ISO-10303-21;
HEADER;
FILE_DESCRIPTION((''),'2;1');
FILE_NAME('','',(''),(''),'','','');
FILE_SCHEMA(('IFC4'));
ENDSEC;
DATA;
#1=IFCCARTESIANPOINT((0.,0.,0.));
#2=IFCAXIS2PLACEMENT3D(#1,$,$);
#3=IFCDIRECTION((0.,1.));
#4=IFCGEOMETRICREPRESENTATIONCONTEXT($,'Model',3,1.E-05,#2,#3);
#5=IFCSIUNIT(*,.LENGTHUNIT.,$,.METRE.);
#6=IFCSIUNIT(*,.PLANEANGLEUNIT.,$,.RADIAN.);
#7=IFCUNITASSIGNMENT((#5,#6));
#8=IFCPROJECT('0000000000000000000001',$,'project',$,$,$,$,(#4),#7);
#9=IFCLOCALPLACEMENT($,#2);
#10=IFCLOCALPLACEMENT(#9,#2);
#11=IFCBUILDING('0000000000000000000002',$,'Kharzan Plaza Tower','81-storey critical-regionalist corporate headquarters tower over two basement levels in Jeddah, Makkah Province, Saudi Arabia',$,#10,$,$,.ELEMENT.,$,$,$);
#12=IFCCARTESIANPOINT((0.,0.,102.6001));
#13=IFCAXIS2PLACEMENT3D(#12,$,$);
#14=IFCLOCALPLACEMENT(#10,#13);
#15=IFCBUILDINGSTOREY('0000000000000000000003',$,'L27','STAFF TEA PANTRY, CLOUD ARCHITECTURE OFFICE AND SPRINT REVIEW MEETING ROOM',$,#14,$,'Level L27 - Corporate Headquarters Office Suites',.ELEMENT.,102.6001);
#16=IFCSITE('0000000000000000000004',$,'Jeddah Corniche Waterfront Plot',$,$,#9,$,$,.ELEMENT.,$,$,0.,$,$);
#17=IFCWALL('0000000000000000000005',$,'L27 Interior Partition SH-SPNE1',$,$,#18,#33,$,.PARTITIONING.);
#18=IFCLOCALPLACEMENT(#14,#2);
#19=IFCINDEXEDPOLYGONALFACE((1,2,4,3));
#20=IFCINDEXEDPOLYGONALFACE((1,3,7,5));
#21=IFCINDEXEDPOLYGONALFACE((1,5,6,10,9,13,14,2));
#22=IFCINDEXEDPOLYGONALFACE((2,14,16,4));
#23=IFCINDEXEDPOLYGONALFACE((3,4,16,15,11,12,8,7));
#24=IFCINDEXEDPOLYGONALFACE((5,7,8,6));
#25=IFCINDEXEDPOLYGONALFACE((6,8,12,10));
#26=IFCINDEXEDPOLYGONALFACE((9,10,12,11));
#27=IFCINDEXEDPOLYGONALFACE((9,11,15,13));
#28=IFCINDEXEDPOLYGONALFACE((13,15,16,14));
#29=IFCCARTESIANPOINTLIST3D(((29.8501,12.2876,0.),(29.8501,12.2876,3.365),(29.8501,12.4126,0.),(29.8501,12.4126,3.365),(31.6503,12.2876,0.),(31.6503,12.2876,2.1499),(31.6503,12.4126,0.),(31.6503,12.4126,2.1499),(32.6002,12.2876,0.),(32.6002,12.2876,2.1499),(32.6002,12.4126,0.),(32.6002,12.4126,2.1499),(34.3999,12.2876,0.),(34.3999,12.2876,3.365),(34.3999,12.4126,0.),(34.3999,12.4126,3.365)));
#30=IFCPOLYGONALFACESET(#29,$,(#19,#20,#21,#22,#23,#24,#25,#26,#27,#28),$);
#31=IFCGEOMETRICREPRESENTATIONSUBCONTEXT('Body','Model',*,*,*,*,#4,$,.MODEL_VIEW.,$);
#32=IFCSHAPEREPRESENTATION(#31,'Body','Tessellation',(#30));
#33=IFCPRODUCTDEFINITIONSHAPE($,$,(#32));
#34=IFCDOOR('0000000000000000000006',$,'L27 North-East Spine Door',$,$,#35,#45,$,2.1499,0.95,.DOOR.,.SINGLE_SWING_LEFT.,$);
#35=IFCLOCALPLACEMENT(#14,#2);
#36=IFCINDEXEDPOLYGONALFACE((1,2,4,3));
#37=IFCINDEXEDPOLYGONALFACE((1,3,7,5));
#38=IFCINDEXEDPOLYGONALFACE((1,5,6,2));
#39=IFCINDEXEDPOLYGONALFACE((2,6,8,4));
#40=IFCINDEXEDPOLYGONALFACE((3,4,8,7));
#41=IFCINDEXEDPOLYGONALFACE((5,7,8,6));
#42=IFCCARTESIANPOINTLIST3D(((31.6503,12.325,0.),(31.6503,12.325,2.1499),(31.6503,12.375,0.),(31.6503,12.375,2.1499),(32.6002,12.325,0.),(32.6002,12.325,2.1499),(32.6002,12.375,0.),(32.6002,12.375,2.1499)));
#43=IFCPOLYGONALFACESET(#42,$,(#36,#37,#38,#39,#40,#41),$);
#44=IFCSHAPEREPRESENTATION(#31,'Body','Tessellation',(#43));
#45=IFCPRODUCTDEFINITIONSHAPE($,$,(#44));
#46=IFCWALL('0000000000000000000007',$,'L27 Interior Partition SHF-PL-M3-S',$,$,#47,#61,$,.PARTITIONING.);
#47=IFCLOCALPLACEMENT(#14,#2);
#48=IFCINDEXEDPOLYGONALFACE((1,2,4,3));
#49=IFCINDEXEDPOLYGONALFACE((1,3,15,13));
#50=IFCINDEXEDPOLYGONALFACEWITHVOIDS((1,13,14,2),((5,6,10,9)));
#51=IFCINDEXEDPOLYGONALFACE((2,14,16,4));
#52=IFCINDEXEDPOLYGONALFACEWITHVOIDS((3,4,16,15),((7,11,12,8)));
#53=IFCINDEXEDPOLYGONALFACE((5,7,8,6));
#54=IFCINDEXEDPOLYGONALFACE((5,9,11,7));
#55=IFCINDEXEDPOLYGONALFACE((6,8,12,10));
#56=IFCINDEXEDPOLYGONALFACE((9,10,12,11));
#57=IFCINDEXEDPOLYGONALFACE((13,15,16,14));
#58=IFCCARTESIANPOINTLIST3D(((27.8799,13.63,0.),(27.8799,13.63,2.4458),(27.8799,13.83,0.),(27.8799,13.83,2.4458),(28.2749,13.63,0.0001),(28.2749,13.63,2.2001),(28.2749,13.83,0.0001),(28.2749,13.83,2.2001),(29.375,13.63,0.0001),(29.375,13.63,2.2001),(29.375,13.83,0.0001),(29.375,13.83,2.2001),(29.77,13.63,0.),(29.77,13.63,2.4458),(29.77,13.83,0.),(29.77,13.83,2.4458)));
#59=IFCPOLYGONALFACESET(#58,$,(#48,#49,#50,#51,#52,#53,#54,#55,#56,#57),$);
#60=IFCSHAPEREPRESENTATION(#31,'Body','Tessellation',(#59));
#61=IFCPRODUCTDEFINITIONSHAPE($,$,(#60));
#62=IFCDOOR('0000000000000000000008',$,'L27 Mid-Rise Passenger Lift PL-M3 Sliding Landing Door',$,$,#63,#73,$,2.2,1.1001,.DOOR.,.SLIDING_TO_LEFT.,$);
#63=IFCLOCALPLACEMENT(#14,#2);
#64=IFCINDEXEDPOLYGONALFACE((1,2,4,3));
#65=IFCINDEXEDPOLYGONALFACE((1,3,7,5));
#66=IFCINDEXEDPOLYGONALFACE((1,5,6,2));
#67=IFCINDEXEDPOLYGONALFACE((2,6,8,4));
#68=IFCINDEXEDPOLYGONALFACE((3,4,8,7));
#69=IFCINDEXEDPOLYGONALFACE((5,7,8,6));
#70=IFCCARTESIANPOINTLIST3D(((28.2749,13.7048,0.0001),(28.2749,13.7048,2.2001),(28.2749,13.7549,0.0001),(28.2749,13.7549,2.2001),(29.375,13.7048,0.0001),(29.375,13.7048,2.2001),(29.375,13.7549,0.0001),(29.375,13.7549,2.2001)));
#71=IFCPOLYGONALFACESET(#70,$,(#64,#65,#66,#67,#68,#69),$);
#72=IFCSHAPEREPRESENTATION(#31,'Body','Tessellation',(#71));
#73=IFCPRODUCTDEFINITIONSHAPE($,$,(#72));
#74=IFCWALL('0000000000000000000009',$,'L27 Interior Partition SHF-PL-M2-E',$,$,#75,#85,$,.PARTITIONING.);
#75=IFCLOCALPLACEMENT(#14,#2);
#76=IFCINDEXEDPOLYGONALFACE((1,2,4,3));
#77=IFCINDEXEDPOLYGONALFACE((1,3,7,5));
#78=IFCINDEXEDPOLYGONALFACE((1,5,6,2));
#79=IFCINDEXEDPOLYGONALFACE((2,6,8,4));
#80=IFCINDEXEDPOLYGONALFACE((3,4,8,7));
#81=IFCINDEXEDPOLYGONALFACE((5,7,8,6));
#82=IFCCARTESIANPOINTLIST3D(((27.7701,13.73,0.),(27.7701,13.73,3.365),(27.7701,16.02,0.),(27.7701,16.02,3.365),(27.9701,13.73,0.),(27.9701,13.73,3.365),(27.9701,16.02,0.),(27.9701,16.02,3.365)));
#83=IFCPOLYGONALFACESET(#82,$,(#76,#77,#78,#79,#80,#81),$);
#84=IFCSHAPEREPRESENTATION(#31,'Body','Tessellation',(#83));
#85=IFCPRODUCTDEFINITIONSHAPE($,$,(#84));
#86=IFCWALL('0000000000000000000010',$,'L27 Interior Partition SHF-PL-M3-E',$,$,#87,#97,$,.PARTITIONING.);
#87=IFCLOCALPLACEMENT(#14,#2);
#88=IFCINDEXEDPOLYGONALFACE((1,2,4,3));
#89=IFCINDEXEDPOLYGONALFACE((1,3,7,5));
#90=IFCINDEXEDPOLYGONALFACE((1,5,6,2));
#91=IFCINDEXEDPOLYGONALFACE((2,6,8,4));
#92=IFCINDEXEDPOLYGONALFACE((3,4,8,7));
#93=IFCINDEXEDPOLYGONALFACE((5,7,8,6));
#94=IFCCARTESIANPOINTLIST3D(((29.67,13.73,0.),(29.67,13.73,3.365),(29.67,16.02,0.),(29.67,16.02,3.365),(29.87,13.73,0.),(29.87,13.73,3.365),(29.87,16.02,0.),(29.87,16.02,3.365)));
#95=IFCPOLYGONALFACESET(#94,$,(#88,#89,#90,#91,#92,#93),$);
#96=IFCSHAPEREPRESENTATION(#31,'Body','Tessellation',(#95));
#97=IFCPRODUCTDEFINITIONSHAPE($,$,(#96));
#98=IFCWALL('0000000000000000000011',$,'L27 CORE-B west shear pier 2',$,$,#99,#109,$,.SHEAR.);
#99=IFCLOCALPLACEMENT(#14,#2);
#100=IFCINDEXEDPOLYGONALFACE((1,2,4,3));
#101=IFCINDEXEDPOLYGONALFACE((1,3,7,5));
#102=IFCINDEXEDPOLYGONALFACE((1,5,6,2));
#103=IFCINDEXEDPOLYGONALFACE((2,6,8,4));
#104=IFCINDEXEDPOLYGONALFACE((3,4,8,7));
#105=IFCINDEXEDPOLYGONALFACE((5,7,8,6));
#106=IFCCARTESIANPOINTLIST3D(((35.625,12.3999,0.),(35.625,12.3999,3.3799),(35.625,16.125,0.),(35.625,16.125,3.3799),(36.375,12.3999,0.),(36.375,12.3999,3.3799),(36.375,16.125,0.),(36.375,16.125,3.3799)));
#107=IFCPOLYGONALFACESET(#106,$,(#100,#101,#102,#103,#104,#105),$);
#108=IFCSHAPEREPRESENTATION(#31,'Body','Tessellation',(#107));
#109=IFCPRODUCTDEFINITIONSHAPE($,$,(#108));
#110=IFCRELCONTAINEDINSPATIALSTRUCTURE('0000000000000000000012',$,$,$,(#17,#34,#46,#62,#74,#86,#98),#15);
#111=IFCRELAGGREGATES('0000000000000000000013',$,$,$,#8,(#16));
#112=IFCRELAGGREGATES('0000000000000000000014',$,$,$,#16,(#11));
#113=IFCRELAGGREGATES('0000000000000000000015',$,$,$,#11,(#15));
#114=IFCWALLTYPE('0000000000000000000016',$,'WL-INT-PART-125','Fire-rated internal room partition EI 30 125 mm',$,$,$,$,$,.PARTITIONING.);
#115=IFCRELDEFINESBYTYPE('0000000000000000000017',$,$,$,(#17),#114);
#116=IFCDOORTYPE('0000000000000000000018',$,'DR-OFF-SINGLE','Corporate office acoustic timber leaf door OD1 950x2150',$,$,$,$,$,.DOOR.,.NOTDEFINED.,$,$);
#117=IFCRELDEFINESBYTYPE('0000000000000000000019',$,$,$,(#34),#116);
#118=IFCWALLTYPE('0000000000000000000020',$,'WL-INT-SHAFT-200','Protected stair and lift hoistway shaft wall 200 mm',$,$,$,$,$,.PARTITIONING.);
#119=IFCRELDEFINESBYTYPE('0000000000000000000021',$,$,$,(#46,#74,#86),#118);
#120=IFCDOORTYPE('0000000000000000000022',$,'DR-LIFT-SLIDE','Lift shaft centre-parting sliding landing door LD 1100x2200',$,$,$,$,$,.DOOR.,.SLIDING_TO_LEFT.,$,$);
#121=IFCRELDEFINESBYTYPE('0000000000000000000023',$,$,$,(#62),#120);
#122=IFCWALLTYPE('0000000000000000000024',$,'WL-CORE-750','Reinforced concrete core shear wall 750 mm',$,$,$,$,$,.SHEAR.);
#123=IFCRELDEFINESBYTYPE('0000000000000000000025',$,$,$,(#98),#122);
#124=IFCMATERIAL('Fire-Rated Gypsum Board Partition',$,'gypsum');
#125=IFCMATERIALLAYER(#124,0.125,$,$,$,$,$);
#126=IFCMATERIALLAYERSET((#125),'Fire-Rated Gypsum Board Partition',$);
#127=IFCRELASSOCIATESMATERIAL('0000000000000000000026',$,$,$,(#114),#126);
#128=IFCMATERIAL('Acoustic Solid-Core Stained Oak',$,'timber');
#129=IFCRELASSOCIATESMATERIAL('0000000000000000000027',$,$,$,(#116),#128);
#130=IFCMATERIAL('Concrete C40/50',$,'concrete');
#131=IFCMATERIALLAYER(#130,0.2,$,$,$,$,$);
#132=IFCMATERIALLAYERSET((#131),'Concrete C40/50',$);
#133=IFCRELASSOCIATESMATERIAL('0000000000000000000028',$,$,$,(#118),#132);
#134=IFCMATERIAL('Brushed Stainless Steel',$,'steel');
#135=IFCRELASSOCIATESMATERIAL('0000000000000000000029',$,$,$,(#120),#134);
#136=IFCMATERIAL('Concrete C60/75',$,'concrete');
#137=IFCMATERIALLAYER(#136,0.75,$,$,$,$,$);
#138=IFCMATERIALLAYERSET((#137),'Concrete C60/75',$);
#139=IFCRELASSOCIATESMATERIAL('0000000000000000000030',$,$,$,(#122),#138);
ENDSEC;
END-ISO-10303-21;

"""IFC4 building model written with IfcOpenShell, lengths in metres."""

from ifc_helpers import new_model, si_unit, direction, frame, frame_2d, origin, place, context, subcontext, project, spatial, rectangle, extrude, source, transform, mapped, material, layer, layer_set, type_object, element, fill, save


model = new_model("IFC4")

# Units and contexts
model_context = context("Model", 3, precision=1e-05, world=origin(), true_north=direction((0.0, 1.0)))
body_context = subcontext(model_context, "Body", "Model", "MODEL_VIEW")
ifc_project = project(units=[si_unit("LENGTHUNIT", "METRE"), si_unit("PLANEANGLEUNIT", "RADIAN")], contexts=[model_context])

# Site, building, storey
site_placement = place(None, origin())
site = spatial("IfcSite", under=ifc_project, at=site_placement, Name="Jeddah Corniche Waterfront Plot", CompositionType="ELEMENT", RefElevation=0.0)
building_placement = place(site_placement, origin())
building = spatial("IfcBuilding", under=site, at=building_placement, Name="Kharzan Plaza Tower", Description="81-storey critical-regionalist corporate headquarters tower over two basement levels in Jeddah, Makkah Province, Saudi Arabia", CompositionType="ELEMENT")
storey_placement = place(building_placement, frame((0.0, 0.0, 102.6001)))
storey = spatial("IfcBuildingStorey", under=building, at=storey_placement, Name="L27", Description="STAFF TEA PANTRY, CLOUD ARCHITECTURE OFFICE AND SPRINT REVIEW MEETING ROOM", LongName="Level L27 - Corporate Headquarters Office Suites", CompositionType="ELEMENT", Elevation=102.6001)

# Shared definitions
ifc_material_1 = material(Name="Concrete C60/75", Category="concrete")

# Walls, openings, doors
ifc_material_2 = material(Name="Fire-Rated Gypsum Board Partition", Category="gypsum")
ifc_layer_1 = layer(ifc_material_2, 0.125)
ifc_layer_set_1 = layer_set([ifc_layer_1], Name="Fire-Rated Gypsum Board Partition")
wall_type_1 = type_object("IfcWallType", Name="WL-INT-PART-125", Description="Fire-rated internal room partition EI 30 125 mm", PredefinedType="PARTITIONING", material=ifc_layer_set_1)
ifc_material_3 = material(Name="Acoustic Solid-Core Stained Oak", Category="timber")
door_type_1 = type_object("IfcDoorType", Name="DR-OFF-SINGLE", Description="Corporate office acoustic timber leaf door OD1 950x2150", OperationType="NOTDEFINED", PredefinedType="DOOR", material=ifc_material_3)
shared_shape_1 = source(origin(), body_context, "Body", "SweptSolid", [
    extrude(rectangle(XDim=0.95, YDim=2.1499, at=frame_2d((0.4751, 1.075))), frame((0.0, 0.0249, 0.0), z_axis=(0.0, -1.0, 0.0), x_axis=(1.0, 0.0, 0.0)), (0.0, 0.0, 1.0), 0.05),
])
wall_1_placement = place(storey_placement, frame((29.8501, 12.3501, 0.0), z_axis=(0.0, 0.0, 1.0), x_axis=(1.0, 0.0, 0.0)))
wall_1 = element("IfcWall", 1, at=wall_1_placement, inside=storey, type_object=wall_type_1, Name="L27 Interior Partition SH-SPNE1", PredefinedType="PARTITIONING", context=body_context, shape_type="SweptSolid", body=[
    extrude(rectangle(XDim=4.5498, YDim=0.125, at=frame_2d((2.2749, 0.0))), origin(), (0.0, 0.0, 1.0), 3.365),
])
opening_1_placement = place(wall_1_placement, frame((1.8, 0.0, 0.0)))
opening_1 = element("IfcOpeningElement", 2, at=opening_1_placement, cuts=wall_1, PredefinedType="OPENING", context=body_context, shape_type="SweptSolid", body=[
    extrude(rectangle(XDim=0.95, YDim=2.1499, at=frame_2d((0.4751, 1.075))), frame((0.0, 0.0725, 0.0), z_axis=(0.0, -1.0, 0.0), x_axis=(1.0, 0.0, 0.0)), (0.0, 0.0, 1.0), 0.145),
])
door_1_placement = place(opening_1_placement, origin())
door_1 = element("IfcDoor", 3, at=door_1_placement, inside=storey, type_object=door_type_1, Name="L27 North-East Spine Door", OperationType="SINGLE_SWING_LEFT", OverallHeight=2.1499, OverallWidth=0.95, PredefinedType="DOOR", context=body_context, shape_type="MappedRepresentation", body=[
    mapped(shared_shape_1, transform((0.0, 0.0, 0.0), x_axis=(1.0, 0.0, 0.0), y_axis=(0.0, 1.0, 0.0), z_axis=(0.0, 0.0, 1.0))),
])
fill(opening_1, door_1)
ifc_material_4 = material(Name="Concrete C40/50", Category="concrete")
ifc_layer_2 = layer(ifc_material_4, 0.2)
ifc_layer_set_2 = layer_set([ifc_layer_2], Name="Concrete C40/50")
wall_type_2 = type_object("IfcWallType", Name="WL-INT-SHAFT-200", Description="Protected stair and lift hoistway shaft wall 200 mm", PredefinedType="PARTITIONING", material=ifc_layer_set_2)
wall_2_placement = place(storey_placement, frame((27.8799, 13.73, 0.0), z_axis=(0.0, 0.0, 1.0), x_axis=(1.0, 0.0, 0.0)))
wall_2 = element("IfcWall", 4, at=wall_2_placement, inside=storey, type_object=wall_type_2, Name="L27 Interior Partition SHF-PL-M3-S", PredefinedType="PARTITIONING", context=body_context, shape_type="SweptSolid", body=[
    extrude(rectangle(XDim=1.8901, YDim=0.2, at=frame_2d((0.9451, 0.0))), origin(), (0.0, 0.0, 1.0), 2.4458),
])
opening_2_placement = place(wall_2_placement, frame((0.395, 0.0, 0.0)))
opening_2 = element("IfcOpeningElement", 5, at=opening_2_placement, cuts=wall_2, PredefinedType="OPENING", context=body_context, shape_type="SweptSolid", body=[
    extrude(rectangle(XDim=1.1001, YDim=2.2, at=frame_2d((0.55, 1.1001))), frame((0.0, 0.1099, 0.0), z_axis=(0.0, -1.0, 0.0), x_axis=(1.0, 0.0, 0.0)), (0.0, 0.0, 1.0), 0.22),
])
ifc_material_5 = material(Name="Brushed Stainless Steel", Category="steel")
door_type_2 = type_object("IfcDoorType", Name="DR-LIFT-SLIDE", Description="Lift shaft centre-parting sliding landing door LD 1100x2200", OperationType="SLIDING_TO_LEFT", PredefinedType="DOOR", material=ifc_material_5)
shared_shape_2 = source(origin(), body_context, "Body", "SweptSolid", [
    extrude(rectangle(XDim=1.1001, YDim=2.2, at=frame_2d((0.55, 1.1001))), frame((0.0, 0.0249, 0.0), z_axis=(0.0, -1.0, 0.0), x_axis=(1.0, 0.0, 0.0)), (0.0, 0.0, 1.0), 0.05),
])
door_2_placement = place(opening_2_placement, origin())
door_2 = element("IfcDoor", 6, at=door_2_placement, inside=storey, type_object=door_type_2, Name="L27 Mid-Rise Passenger Lift PL-M3 Sliding Landing Door", OperationType="SLIDING_TO_LEFT", OverallHeight=2.2, OverallWidth=1.1001, PredefinedType="DOOR", context=body_context, shape_type="MappedRepresentation", body=[
    mapped(shared_shape_2, transform((0.0, 0.0, 0.0), x_axis=(1.0, 0.0, 0.0), y_axis=(0.0, 1.0, 0.0), z_axis=(0.0, 0.0, 1.0))),
])
fill(opening_2, door_2)

# Walls
shared_shape_3 = source(origin(), body_context, "Body", "SweptSolid", [
    extrude(rectangle(XDim=2.29, YDim=0.2, at=frame_2d((1.145, 0.0))), origin(), (0.0, 0.0, 1.0), 3.365),
])
for number, where, z_axis, x_axis, name in (
    (7, (27.8701, 13.73, 0.0), (0.0, 0.0, 1.0), (0.0, 1.0, 0.0), "L27 Interior Partition SHF-PL-M2-E"),
    (8, (29.77, 13.73, 0.0), (0.0, 0.0, 1.0), (0.0, 1.0, 0.0), "L27 Interior Partition SHF-PL-M3-E"),
):
    element("IfcWall", number, at=place(storey_placement, frame(where, z_axis=z_axis, x_axis=x_axis)), inside=storey, type_object=wall_type_2, Name=name, PredefinedType="PARTITIONING", context=body_context, shape_type="MappedRepresentation", body=[
        mapped(shared_shape_3, transform((0.0, 0.0, 0.0), x_axis=(1.0, 0.0, 0.0), y_axis=(0.0, 1.0, 0.0), z_axis=(0.0, 0.0, 1.0))),
    ])
ifc_layer_3 = layer(ifc_material_1, 0.75)
ifc_layer_set_3 = layer_set([ifc_layer_3], Name="Concrete C60/75")
wall_type_3 = type_object("IfcWallType", Name="WL-CORE-750", Description="Reinforced concrete core shear wall 750 mm", PredefinedType="SHEAR", material=ifc_layer_set_3)
shared_shape_4 = source(origin(), body_context, "Body", "SweptSolid", [
    extrude(rectangle(XDim=3.7251, YDim=0.75, at=frame_2d((1.8625, 0.0))), origin(), (0.0, 0.0, 1.0), 3.3799),
])
wall_3_placement = place(storey_placement, frame((36.0, 12.3999, 0.0), z_axis=(0.0, 0.0, 1.0), x_axis=(0.0, 1.0, 0.0)))
element("IfcWall", 9, at=wall_3_placement, inside=storey, type_object=wall_type_3, Name="L27 CORE-B west shear pier 2", PredefinedType="SHEAR", context=body_context, shape_type="MappedRepresentation", body=[
    mapped(shared_shape_4, transform((0.0, 0.0, 0.0), x_axis=(1.0, 0.0, 0.0), y_axis=(0.0, 1.0, 0.0), z_axis=(0.0, 0.0, 1.0))),
])

save(model, "model.ifc")
